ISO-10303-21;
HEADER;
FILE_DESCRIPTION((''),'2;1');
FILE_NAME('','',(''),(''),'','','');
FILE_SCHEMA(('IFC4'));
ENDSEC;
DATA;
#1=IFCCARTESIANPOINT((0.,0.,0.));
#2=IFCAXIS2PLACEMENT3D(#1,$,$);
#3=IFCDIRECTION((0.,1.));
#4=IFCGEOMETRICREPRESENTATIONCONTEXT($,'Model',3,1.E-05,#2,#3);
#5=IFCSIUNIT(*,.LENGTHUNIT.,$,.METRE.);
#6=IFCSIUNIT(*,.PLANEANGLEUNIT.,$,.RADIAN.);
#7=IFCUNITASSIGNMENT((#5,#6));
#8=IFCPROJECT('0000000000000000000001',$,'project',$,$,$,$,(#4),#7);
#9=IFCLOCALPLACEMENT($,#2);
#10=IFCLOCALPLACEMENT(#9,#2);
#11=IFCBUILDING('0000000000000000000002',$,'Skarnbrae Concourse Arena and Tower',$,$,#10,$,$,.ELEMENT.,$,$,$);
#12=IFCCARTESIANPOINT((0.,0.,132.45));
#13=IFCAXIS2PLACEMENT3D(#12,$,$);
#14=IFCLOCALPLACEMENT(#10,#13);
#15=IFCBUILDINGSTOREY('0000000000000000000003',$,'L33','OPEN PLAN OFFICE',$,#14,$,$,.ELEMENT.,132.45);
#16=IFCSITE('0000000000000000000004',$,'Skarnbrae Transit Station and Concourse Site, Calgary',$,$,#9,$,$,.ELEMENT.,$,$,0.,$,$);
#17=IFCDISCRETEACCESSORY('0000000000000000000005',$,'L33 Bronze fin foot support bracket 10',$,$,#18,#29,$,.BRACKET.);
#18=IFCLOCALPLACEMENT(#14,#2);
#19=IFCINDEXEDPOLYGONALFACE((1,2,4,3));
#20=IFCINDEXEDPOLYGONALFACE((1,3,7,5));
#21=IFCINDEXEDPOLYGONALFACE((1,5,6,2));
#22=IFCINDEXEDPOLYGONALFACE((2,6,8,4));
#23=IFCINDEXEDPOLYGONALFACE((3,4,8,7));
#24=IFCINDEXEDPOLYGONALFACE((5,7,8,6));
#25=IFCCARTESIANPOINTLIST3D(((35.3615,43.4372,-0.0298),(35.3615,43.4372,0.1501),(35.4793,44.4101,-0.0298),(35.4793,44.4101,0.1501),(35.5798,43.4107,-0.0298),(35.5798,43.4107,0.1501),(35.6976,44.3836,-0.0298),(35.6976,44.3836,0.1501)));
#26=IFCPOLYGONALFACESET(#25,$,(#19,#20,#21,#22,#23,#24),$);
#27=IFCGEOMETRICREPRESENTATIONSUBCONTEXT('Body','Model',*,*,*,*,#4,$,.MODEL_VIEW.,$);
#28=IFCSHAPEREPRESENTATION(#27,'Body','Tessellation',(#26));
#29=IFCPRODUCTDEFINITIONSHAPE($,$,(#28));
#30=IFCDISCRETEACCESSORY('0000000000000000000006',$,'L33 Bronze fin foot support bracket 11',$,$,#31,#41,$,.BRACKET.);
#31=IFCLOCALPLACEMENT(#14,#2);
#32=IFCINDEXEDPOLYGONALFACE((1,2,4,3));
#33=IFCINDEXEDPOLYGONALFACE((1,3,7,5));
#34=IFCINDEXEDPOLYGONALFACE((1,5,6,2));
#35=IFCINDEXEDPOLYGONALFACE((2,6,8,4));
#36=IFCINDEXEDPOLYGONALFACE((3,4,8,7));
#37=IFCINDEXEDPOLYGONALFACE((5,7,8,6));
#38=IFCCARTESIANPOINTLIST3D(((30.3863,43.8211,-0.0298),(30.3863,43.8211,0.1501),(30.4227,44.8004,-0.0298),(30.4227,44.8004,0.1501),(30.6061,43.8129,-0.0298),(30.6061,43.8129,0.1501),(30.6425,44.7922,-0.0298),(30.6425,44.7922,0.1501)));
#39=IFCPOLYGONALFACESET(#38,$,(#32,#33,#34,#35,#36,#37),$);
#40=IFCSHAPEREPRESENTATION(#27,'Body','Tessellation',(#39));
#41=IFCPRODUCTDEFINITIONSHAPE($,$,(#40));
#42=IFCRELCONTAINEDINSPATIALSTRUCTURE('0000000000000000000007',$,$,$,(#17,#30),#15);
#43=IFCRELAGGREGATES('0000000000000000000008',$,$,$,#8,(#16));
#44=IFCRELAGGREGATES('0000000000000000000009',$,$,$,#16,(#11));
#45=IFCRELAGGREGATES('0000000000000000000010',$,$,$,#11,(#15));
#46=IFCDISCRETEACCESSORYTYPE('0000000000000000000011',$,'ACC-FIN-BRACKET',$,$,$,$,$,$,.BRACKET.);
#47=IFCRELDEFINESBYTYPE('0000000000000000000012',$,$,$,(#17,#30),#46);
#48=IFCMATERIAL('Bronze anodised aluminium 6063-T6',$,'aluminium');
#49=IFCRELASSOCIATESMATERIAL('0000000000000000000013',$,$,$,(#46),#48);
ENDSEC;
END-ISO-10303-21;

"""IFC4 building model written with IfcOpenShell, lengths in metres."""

from ifc_helpers import new_model, si_unit, direction, frame, origin, origin_2d, place, context, subcontext, project, spatial, rectangle, extrude, source, transform, mapped, material, type_object, element, save


model = new_model("IFC4")

# Units and contexts
model_context = context("Model", 3, precision=1e-05, world=origin(), true_north=direction((0.0, 1.0)))
body_context = subcontext(model_context, "Body", "Model", "MODEL_VIEW")
ifc_project = project(units=[si_unit("LENGTHUNIT", "METRE"), si_unit("PLANEANGLEUNIT", "RADIAN")], contexts=[model_context])

# Site, building, storey
site_placement = place(None, origin())
site = spatial("IfcSite", under=ifc_project, at=site_placement, Name="Skarnbrae Transit Station and Concourse Site, Calgary", CompositionType="ELEMENT", RefElevation=0.0)
building_placement = place(site_placement, origin())
building = spatial("IfcBuilding", under=site, at=building_placement, Name="Skarnbrae Concourse Arena and Tower", CompositionType="ELEMENT")
storey_placement = place(building_placement, frame((0.0, 0.0, 132.45)))
storey = spatial("IfcBuildingStorey", under=building, at=storey_placement, Name="L33", Description="OPEN PLAN OFFICE", CompositionType="ELEMENT", Elevation=132.45)

# Shared definitions
ifc_material_1 = material(Name="Bronze anodised aluminium 6063-T6", Category="aluminium")

# Discrete accessories
discrete_accessory_type = type_object("IfcDiscreteAccessoryType", Name="ACC-FIN-BRACKET", PredefinedType="BRACKET", material=ifc_material_1)
shared_shape_1 = source(origin(), body_context, "Body", "SweptSolid", [
    extrude(rectangle(XDim=0.22, YDim=0.98, at=origin_2d()), origin(), (0.0, 0.0, 1.0), 0.1799),
])
for number, where, z_axis, x_axis, name in (
    (1, (35.5295, 43.9104, -0.0298), (0.0, 0.0, 1.0), (0.992749, -0.120206, 0.0), "L33 Bronze fin foot support bracket 10"),
    (2, (30.5144, 44.3066, -0.0298), (0.0, 0.0, 1.0), (0.999308, -0.037184, 0.0), "L33 Bronze fin foot support bracket 11"),
):
    element("IfcDiscreteAccessory", number, at=place(storey_placement, frame(where, z_axis=z_axis, x_axis=x_axis)), inside=storey, type_object=discrete_accessory_type, Name=name, PredefinedType="BRACKET", context=body_context, shape_type="MappedRepresentation", body=[
        mapped(shared_shape_1, transform((0.0, 0.0, 0.0))),
    ])

save(model, "model.ifc")
